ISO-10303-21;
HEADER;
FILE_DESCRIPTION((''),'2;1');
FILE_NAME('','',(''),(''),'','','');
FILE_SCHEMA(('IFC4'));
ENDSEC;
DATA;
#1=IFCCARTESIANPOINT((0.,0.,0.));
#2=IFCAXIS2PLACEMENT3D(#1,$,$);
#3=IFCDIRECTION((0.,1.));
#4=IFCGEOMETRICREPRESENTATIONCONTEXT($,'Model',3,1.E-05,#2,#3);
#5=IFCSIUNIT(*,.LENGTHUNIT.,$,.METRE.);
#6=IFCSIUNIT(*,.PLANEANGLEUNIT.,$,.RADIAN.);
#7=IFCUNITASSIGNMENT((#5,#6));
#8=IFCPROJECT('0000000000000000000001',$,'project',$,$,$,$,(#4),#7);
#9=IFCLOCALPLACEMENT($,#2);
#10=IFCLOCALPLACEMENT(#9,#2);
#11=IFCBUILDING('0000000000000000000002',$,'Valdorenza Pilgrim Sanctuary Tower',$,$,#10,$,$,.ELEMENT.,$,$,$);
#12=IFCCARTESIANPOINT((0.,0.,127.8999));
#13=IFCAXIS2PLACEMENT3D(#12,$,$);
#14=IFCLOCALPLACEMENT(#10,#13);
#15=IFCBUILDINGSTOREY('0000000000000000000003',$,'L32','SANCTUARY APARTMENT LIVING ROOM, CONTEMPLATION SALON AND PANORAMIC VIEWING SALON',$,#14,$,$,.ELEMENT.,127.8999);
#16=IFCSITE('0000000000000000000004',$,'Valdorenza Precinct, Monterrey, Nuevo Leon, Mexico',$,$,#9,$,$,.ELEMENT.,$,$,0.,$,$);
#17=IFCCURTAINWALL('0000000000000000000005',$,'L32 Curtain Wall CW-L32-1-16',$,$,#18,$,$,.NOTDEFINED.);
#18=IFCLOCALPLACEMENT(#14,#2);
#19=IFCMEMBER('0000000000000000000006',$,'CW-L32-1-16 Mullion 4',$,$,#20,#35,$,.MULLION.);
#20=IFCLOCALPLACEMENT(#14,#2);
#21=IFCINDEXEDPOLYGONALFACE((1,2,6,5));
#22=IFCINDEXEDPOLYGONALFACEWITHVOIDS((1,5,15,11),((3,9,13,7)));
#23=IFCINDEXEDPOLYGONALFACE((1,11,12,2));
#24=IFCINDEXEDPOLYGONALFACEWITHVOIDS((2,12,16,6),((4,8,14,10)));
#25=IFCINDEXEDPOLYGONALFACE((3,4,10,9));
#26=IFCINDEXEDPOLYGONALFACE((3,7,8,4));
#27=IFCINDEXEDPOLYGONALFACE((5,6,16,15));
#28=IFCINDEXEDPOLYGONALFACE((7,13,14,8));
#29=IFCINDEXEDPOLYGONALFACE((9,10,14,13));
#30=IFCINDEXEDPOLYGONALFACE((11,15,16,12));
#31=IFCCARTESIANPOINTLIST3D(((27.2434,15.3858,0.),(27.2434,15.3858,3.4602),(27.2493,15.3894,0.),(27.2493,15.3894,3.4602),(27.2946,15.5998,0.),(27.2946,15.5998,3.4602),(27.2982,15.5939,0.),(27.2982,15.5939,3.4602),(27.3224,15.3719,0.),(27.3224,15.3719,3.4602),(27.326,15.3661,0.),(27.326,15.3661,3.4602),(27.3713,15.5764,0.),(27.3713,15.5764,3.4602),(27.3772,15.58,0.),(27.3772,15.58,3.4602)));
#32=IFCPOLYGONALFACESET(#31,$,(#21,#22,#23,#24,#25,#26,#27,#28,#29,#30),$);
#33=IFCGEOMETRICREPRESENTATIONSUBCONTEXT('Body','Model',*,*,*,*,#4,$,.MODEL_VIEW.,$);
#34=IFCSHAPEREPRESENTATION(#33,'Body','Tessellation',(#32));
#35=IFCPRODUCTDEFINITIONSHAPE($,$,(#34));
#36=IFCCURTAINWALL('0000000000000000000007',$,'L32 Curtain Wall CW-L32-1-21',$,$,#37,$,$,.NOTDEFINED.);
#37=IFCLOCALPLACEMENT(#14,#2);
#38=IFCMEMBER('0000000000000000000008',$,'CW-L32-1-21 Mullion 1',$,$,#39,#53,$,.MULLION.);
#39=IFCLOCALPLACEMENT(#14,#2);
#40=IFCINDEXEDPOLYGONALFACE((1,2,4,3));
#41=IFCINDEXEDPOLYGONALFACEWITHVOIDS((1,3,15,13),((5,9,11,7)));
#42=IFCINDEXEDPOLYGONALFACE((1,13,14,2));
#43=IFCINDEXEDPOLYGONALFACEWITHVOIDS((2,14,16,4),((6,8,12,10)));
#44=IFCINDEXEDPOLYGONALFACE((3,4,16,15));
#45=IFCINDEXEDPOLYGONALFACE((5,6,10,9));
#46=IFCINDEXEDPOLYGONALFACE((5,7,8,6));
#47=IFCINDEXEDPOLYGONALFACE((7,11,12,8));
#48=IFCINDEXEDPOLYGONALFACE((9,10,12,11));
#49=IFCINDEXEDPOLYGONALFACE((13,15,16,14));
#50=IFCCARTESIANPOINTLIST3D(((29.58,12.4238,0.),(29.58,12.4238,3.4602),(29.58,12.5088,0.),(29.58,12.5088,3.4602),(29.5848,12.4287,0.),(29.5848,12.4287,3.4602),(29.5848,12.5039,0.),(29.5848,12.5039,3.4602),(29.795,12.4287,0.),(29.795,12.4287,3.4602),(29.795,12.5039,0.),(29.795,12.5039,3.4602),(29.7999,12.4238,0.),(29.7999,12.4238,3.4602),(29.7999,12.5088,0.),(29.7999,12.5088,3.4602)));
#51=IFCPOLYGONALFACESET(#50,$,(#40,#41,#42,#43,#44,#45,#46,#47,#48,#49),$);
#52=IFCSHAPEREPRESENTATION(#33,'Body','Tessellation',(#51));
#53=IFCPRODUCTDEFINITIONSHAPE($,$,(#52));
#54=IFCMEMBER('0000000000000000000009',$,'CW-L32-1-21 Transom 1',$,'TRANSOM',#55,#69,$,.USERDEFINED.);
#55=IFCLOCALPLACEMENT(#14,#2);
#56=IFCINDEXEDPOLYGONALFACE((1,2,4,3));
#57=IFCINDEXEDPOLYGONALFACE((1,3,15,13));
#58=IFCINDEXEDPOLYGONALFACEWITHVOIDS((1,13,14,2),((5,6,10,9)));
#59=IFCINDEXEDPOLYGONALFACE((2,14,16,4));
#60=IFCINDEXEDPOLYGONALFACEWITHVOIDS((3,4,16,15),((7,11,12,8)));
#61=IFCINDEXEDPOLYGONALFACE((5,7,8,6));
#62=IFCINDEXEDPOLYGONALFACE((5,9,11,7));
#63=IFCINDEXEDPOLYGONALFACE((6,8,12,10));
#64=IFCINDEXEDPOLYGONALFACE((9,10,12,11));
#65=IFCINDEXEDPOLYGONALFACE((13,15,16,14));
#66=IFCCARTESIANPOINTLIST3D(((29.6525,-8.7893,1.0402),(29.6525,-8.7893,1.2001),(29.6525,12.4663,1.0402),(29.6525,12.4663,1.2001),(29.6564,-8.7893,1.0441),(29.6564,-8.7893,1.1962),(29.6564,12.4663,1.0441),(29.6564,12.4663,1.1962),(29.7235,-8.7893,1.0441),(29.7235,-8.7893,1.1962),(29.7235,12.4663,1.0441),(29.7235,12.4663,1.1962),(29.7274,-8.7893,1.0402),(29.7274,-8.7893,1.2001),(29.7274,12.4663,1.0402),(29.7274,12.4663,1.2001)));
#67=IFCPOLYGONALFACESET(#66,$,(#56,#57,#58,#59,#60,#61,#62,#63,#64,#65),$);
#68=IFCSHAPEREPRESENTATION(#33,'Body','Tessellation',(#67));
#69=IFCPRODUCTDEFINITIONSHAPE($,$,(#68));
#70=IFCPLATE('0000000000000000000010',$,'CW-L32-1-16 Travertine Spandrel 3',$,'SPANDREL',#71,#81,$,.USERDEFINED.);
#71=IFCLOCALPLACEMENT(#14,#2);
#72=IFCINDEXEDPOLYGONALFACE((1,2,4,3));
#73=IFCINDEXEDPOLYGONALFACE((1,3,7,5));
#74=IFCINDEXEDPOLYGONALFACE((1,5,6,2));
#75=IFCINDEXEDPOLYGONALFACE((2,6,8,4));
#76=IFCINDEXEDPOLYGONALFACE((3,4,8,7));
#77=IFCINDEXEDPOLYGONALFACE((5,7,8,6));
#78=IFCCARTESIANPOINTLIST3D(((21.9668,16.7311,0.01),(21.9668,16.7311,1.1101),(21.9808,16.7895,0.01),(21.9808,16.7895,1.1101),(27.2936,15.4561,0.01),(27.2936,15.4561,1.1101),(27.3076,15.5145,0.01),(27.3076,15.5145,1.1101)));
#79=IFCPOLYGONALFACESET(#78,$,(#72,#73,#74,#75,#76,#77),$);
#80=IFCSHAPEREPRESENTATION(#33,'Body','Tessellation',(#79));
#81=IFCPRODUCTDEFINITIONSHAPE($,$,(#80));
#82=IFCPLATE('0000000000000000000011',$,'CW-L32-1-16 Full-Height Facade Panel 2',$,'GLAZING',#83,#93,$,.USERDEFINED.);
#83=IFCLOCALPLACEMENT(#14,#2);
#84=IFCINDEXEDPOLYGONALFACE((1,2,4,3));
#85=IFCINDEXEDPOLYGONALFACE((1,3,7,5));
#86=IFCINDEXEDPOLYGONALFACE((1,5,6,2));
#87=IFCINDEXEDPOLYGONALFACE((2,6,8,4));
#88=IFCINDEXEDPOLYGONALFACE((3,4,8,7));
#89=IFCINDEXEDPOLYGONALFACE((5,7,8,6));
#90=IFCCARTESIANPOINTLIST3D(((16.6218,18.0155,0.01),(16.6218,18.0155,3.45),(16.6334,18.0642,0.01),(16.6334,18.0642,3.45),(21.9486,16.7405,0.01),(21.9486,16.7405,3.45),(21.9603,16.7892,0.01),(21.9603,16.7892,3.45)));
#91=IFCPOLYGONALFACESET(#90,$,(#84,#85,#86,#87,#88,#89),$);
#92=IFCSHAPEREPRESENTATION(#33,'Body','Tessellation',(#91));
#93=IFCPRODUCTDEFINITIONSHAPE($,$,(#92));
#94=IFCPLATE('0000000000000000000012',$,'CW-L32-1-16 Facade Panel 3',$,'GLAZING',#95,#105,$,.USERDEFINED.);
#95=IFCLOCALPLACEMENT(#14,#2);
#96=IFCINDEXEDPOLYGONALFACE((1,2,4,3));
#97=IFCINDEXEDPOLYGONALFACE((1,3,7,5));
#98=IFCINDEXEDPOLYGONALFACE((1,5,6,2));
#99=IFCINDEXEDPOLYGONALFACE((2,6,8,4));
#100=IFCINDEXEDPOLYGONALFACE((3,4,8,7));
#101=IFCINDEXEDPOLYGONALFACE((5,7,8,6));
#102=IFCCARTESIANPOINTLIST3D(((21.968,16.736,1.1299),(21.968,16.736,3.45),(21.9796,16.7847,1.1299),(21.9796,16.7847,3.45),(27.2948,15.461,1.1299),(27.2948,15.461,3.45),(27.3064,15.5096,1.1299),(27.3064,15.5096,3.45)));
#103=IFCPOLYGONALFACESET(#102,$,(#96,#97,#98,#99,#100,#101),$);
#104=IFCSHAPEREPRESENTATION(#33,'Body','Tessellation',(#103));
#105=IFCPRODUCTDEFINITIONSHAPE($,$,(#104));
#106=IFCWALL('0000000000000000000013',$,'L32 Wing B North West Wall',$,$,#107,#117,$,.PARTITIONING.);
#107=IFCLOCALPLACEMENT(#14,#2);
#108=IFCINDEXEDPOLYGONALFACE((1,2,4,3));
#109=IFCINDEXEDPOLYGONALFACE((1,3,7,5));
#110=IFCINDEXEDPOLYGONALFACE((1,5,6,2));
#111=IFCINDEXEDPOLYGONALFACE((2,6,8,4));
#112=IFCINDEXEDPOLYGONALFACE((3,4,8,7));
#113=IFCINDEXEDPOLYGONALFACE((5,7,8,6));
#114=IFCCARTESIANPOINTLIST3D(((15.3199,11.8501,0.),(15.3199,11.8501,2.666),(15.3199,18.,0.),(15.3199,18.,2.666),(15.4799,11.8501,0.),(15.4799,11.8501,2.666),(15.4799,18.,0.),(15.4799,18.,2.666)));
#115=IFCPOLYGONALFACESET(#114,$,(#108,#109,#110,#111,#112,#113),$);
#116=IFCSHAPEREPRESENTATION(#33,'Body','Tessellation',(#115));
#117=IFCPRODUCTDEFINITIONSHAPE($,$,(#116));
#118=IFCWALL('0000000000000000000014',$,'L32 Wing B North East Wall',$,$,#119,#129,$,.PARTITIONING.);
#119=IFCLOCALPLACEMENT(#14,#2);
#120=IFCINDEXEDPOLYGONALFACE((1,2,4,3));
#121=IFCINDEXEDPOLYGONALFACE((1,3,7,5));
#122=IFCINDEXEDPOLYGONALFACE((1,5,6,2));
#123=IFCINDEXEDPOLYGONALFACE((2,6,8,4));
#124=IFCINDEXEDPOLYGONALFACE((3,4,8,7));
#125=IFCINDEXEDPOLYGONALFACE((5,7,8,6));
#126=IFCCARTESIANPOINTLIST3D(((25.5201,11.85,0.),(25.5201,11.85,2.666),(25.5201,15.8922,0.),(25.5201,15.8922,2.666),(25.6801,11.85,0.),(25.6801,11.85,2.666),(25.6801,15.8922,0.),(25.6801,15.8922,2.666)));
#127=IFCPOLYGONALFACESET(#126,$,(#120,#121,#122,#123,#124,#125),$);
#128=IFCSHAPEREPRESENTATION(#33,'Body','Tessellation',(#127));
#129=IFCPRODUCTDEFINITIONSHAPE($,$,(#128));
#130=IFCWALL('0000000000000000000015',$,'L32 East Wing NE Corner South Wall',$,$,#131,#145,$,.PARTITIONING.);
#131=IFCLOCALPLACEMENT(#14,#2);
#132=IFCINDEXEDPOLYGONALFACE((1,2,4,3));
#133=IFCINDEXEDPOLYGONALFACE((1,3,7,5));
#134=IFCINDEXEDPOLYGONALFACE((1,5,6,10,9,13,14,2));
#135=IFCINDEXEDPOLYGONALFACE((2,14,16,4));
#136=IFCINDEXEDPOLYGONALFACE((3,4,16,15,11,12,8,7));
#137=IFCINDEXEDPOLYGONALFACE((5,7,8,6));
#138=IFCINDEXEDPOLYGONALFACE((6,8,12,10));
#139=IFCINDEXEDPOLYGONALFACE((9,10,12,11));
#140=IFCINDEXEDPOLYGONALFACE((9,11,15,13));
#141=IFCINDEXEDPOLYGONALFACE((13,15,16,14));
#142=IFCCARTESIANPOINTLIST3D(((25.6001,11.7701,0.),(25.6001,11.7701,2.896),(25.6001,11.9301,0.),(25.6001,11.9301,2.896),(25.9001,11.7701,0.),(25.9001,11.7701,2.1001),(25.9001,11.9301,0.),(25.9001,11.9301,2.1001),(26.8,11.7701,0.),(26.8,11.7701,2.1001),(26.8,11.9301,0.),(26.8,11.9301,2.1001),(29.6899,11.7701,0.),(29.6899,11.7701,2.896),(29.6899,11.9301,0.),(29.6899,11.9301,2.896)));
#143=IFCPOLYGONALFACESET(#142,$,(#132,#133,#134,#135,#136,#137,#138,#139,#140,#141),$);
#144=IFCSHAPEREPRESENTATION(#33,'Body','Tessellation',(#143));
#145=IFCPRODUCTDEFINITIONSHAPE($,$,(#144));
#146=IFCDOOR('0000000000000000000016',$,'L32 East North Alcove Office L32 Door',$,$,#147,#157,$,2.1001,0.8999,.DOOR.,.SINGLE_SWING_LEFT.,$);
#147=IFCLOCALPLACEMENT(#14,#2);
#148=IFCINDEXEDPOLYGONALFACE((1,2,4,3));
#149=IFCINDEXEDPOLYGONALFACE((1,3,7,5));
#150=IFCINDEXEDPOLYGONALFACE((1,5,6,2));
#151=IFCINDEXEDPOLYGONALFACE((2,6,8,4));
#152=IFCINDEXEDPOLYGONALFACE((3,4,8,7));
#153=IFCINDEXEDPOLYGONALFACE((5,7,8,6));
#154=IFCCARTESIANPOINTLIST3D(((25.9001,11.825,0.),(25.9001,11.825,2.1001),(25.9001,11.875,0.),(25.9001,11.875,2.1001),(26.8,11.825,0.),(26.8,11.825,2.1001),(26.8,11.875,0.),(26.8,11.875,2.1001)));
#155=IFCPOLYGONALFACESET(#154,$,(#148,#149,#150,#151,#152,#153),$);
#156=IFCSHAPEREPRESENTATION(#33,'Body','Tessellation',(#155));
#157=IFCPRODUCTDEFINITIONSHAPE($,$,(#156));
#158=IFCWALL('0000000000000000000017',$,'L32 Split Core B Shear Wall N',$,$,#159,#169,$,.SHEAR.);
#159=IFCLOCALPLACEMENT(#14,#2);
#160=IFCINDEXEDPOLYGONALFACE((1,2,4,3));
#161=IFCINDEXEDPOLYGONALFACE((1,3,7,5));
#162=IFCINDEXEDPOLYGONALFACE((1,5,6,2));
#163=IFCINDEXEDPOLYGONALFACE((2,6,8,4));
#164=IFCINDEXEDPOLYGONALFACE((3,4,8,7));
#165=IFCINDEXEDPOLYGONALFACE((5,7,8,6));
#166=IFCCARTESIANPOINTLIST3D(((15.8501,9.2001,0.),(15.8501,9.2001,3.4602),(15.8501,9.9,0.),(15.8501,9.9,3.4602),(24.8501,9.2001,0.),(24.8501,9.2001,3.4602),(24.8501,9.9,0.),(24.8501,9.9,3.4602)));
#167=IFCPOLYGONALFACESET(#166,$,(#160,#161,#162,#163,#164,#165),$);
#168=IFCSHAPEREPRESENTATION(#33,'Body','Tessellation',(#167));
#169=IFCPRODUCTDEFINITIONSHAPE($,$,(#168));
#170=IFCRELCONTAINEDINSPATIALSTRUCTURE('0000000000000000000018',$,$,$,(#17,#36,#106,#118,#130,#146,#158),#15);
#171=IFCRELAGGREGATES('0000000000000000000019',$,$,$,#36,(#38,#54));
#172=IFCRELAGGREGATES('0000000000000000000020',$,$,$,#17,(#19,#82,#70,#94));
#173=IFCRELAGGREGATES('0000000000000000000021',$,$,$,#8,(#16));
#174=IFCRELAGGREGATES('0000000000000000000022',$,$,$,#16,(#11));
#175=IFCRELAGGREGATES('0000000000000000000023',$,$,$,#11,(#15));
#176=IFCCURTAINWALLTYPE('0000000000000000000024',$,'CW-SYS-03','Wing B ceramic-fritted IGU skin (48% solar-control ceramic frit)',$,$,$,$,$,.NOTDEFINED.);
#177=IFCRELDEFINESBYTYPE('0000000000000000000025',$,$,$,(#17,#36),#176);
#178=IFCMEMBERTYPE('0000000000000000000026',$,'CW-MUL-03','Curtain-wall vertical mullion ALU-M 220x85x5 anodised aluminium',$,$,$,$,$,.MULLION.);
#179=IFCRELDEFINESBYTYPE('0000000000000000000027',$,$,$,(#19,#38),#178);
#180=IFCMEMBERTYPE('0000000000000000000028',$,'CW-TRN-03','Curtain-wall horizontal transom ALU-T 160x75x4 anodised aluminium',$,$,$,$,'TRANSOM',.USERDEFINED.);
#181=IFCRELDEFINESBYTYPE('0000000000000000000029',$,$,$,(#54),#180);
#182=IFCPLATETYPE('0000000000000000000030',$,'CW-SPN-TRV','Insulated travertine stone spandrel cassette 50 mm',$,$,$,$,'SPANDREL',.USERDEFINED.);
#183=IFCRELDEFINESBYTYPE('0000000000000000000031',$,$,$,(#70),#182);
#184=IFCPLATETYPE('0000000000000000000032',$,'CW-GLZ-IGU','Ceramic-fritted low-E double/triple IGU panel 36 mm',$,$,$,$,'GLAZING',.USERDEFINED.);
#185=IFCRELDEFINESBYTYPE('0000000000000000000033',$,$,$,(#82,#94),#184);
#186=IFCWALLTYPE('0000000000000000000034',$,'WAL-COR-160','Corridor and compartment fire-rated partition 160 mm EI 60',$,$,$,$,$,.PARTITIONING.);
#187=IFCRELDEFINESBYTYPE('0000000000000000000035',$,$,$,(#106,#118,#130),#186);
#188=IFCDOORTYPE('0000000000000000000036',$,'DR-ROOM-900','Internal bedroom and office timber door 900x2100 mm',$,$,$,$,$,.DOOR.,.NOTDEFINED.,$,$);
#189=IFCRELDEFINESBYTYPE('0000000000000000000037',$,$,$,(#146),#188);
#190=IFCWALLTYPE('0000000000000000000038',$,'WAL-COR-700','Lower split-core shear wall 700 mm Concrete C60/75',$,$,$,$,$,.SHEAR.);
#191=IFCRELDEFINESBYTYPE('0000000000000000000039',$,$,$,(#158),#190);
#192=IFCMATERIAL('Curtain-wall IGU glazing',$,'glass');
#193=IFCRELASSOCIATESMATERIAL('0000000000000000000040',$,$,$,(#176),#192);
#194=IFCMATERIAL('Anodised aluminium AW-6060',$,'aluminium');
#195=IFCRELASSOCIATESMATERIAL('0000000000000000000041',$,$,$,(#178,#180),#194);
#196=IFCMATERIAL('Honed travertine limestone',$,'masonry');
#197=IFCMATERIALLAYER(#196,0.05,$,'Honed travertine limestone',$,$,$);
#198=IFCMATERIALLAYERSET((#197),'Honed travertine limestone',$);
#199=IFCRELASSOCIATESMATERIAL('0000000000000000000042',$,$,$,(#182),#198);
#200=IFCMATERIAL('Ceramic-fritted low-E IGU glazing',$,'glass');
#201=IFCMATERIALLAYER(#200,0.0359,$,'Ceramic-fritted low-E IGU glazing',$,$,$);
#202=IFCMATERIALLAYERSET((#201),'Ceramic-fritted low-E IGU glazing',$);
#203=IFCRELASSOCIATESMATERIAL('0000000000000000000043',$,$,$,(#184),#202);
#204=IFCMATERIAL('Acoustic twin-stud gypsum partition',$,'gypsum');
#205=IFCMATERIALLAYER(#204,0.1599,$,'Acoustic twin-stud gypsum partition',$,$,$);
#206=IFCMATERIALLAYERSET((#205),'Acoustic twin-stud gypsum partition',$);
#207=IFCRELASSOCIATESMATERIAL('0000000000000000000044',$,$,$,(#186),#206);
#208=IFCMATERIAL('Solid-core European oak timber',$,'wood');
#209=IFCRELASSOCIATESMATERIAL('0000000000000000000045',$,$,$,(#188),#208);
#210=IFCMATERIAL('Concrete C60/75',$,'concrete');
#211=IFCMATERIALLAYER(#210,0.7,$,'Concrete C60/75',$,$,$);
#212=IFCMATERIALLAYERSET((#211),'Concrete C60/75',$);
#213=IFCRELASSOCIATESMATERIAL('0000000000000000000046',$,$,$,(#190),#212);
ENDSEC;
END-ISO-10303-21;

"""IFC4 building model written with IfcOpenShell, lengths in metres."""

from ifc_helpers import new_model, si_unit, direction, frame, frame_2d, origin, origin_2d, place, context, subcontext, project, spatial, rectangle, hollow_rectangle, extrude, source, transform, mapped, material, layer, layer_set, material_profile, profile_set, type_object, element, fill, aggregate, save


model = new_model("IFC4")

# Units and contexts
model_context = context("Model", 3, precision=1e-05, world=origin(), true_north=direction((0.0, 1.0)))
body_context = subcontext(model_context, "Body", "Model", "MODEL_VIEW")
ifc_project = project(units=[si_unit("LENGTHUNIT", "METRE"), si_unit("PLANEANGLEUNIT", "RADIAN")], contexts=[model_context])

# Site, building, storey
site_placement = place(None, origin())
site = spatial("IfcSite", under=ifc_project, at=site_placement, Name="Valdorenza Precinct, Monterrey, Nuevo Leon, Mexico", CompositionType="ELEMENT", RefElevation=0.0)
building_placement = place(site_placement, origin())
building = spatial("IfcBuilding", under=site, at=building_placement, Name="Valdorenza Pilgrim Sanctuary Tower", CompositionType="ELEMENT")
storey_placement = place(building_placement, frame((0.0, 0.0, 127.8999)))
storey = spatial("IfcBuildingStorey", under=building, at=storey_placement, Name="L32", Description="SANCTUARY APARTMENT LIVING ROOM, CONTEMPLATION SALON AND PANORAMIC VIEWING SALON", CompositionType="ELEMENT", Elevation=127.8999)

# Shared definitions
ifc_material_1 = material(Name="Concrete C60/75", Category="concrete")

# Curtain walls, members
ifc_material_2 = material(Name="Curtain-wall IGU glazing", Category="glass")
curtain_wall_type = type_object("IfcCurtainWallType", Name="CW-SYS-03", Description="Wing B ceramic-fritted IGU skin (48% solar-control ceramic frit)", PredefinedType="NOTDEFINED", material=ifc_material_2)
curtain_wall_1_placement = place(storey_placement, origin())
curtain_wall_1 = element("IfcCurtainWall", 1, at=curtain_wall_1_placement, inside=storey, type_object=curtain_wall_type, Name="L32 Curtain Wall CW-L32-1-16", PredefinedType="NOTDEFINED")
ifc_material_3 = material(Name="Anodised aluminium AW-6060", Category="aluminium")
ifc_material_profile_1 = material_profile(ifc_material_3, hollow_rectangle(XDim=0.085, YDim=0.22, WallThickness=0.0049, at=origin_2d()), Name="ALU-M 220x85x5")
ifc_profile_set_1 = profile_set([ifc_material_profile_1], Name="Anodised aluminium AW-6060")
member_type_1 = type_object("IfcMemberType", Name="CW-MUL-03", Description="Curtain-wall vertical mullion ALU-M 220x85x5 anodised aluminium", PredefinedType="MULLION", material=ifc_profile_set_1)
shared_shape_1 = source(origin(), body_context, "Body", "SweptSolid", [
    extrude(hollow_rectangle(XDim=0.085, YDim=0.22, WallThickness=0.0049, at=origin_2d()), origin(), (0.0, 0.0, 1.0), 3.4602),
])
member_1_placement = place(storey_placement, frame((27.3103, 15.4829, 0.0), z_axis=(0.0, 0.0, 1.0), x_axis=(0.972529, -0.232783, 0.0)))
member_1 = element("IfcMember", 2, at=member_1_placement, type_object=member_type_1, Name="CW-L32-1-16 Mullion 4", PredefinedType="MULLION", context=body_context, shape_type="MappedRepresentation", body=[
    mapped(shared_shape_1, transform((0.0, 0.0, 0.0), x_axis=(1.0, 0.0, 0.0), y_axis=(0.0, 1.0, 0.0), z_axis=(0.0, 0.0, 1.0), scale=1.0)),
])
curtain_wall_2_placement = place(storey_placement, origin())
curtain_wall_2 = element("IfcCurtainWall", 3, at=curtain_wall_2_placement, inside=storey, type_object=curtain_wall_type, Name="L32 Curtain Wall CW-L32-1-21", PredefinedType="NOTDEFINED")
member_2_placement = place(storey_placement, frame((29.6899, 12.4663, 0.0), z_axis=(0.0, 0.0, 1.0), x_axis=(0.0, -1.0, 0.0)))
member_2 = element("IfcMember", 4, at=member_2_placement, type_object=member_type_1, Name="CW-L32-1-21 Mullion 1", PredefinedType="MULLION", context=body_context, shape_type="MappedRepresentation", body=[
    mapped(shared_shape_1, transform((0.0, 0.0, 0.0), x_axis=(1.0, 0.0, 0.0), y_axis=(0.0, 1.0, 0.0), z_axis=(0.0, 0.0, 1.0), scale=1.0)),
])
ifc_material_profile_2 = material_profile(ifc_material_3, hollow_rectangle(XDim=0.075, YDim=0.1599, WallThickness=0.0039, at=origin_2d()), Name="ALU-T 160x75x4")
ifc_profile_set_2 = profile_set([ifc_material_profile_2], Name="Anodised aluminium AW-6060")
member_type_2 = type_object("IfcMemberType", Name="CW-TRN-03", Description="Curtain-wall horizontal transom ALU-T 160x75x4 anodised aluminium", ElementType="TRANSOM", PredefinedType="USERDEFINED", material=ifc_profile_set_2)
shared_shape_2 = source(origin(), body_context, "Body", "SweptSolid", [
    extrude(hollow_rectangle(XDim=0.075, YDim=0.1599, WallThickness=0.0039, at=origin_2d()), origin(), (0.0, 0.0, 1.0), 21.2556),
])
member_3_placement = place(storey_placement, frame((29.6899, 12.4663, 1.1201), z_axis=(0.0, -1.0, 0.0), x_axis=(1.0, 0.0, 0.0)))
member_3 = element("IfcMember", 5, at=member_3_placement, type_object=member_type_2, Name="CW-L32-1-21 Transom 1", ObjectType="TRANSOM", PredefinedType="USERDEFINED", context=body_context, shape_type="MappedRepresentation", body=[
    mapped(shared_shape_2, transform((0.0, 0.0, 0.0), x_axis=(1.0, 0.0, 0.0), y_axis=(0.0, 1.0, 0.0), z_axis=(0.0, 0.0, 1.0), scale=1.0)),
])
aggregate(curtain_wall_2, [member_2, member_3])

# Plates
ifc_material_4 = material(Name="Honed travertine limestone", Category="masonry")
ifc_layer_1 = layer(ifc_material_4, 0.05, Name="Honed travertine limestone")
ifc_layer_set_1 = layer_set([ifc_layer_1], Name="Honed travertine limestone")
plate_type_1 = type_object("IfcPlateType", Name="CW-SPN-TRV", Description="Insulated travertine stone spandrel cassette 50 mm", ElementType="SPANDREL", PredefinedType="USERDEFINED", material=ifc_layer_set_1)
shared_shape_3 = source(origin(), body_context, "Body", "SweptSolid", [
    extrude(rectangle(XDim=5.4773, YDim=0.0601, at=origin_2d()), origin(), (0.0, 0.0, 1.0), 1.1001),
])
plate_1_placement = place(storey_placement, frame((24.6372, 16.1228, 0.01), z_axis=(0.0, 0.0, 1.0), x_axis=(0.972529, -0.232783, 0.0)))
plate_1 = element("IfcPlate", 6, at=plate_1_placement, type_object=plate_type_1, Name="CW-L32-1-16 Travertine Spandrel 3", ObjectType="SPANDREL", PredefinedType="USERDEFINED", context=body_context, shape_type="MappedRepresentation", body=[
    mapped(shared_shape_3, transform((0.0, 0.0, 0.0), x_axis=(1.0, 0.0, 0.0), y_axis=(0.0, 1.0, 0.0), z_axis=(0.0, 0.0, 1.0), scale=1.0)),
])
ifc_material_5 = material(Name="Ceramic-fritted low-E IGU glazing", Category="glass")
ifc_layer_2 = layer(ifc_material_5, 0.0359, Name="Ceramic-fritted low-E IGU glazing")
ifc_layer_set_2 = layer_set([ifc_layer_2], Name="Ceramic-fritted low-E IGU glazing")
plate_type_2 = type_object("IfcPlateType", Name="CW-GLZ-IGU", Description="Ceramic-fritted low-E double/triple IGU panel 36 mm", ElementType="GLAZING", PredefinedType="USERDEFINED", material=ifc_layer_set_2)
shared_shape_4 = source(origin(), body_context, "Body", "SweptSolid", [
    extrude(rectangle(XDim=5.4773, YDim=0.05, at=origin_2d()), origin(), (0.0, 0.0, 1.0), 3.4399),
])
plate_2_placement = place(storey_placement, frame((19.291, 17.4023, 0.01), z_axis=(0.0, 0.0, 1.0), x_axis=(0.972529, -0.232783, 0.0)))
plate_2 = element("IfcPlate", 7, at=plate_2_placement, type_object=plate_type_2, Name="CW-L32-1-16 Full-Height Facade Panel 2", ObjectType="GLAZING", PredefinedType="USERDEFINED", context=body_context, shape_type="MappedRepresentation", body=[
    mapped(shared_shape_4, transform((0.0, 0.0, 0.0), x_axis=(1.0, 0.0, 0.0), y_axis=(0.0, 1.0, 0.0), z_axis=(0.0, 0.0, 1.0), scale=1.0)),
])
shared_shape_5 = source(origin(), body_context, "Body", "SweptSolid", [
    extrude(rectangle(XDim=5.4773, YDim=0.05, at=origin_2d()), origin(), (0.0, 0.0, 1.0), 2.3201),
])
plate_3_placement = place(storey_placement, frame((24.6372, 16.1228, 1.1299), z_axis=(0.0, 0.0, 1.0), x_axis=(0.972529, -0.232783, 0.0)))
plate_3 = element("IfcPlate", 8, at=plate_3_placement, type_object=plate_type_2, Name="CW-L32-1-16 Facade Panel 3", ObjectType="GLAZING", PredefinedType="USERDEFINED", context=body_context, shape_type="MappedRepresentation", body=[
    mapped(shared_shape_5, transform((0.0, 0.0, 0.0), x_axis=(1.0, 0.0, 0.0), y_axis=(0.0, 1.0, 0.0), z_axis=(0.0, 0.0, 1.0), scale=1.0)),
])
aggregate(curtain_wall_1, [member_1, plate_2, plate_1, plate_3])

# Walls
ifc_material_6 = material(Name="Acoustic twin-stud gypsum partition", Category="gypsum")
ifc_layer_3 = layer(ifc_material_6, 0.1599, Name="Acoustic twin-stud gypsum partition")
ifc_layer_set_3 = layer_set([ifc_layer_3], Name="Acoustic twin-stud gypsum partition")
wall_type_1 = type_object("IfcWallType", Name="WAL-COR-160", Description="Corridor and compartment fire-rated partition 160 mm EI 60", PredefinedType="PARTITIONING", material=ifc_layer_set_3)
wall_1_placement = place(storey_placement, frame((15.3999, 11.8501, 0.0), z_axis=(0.0, 0.0, 1.0), x_axis=(0.0, 1.0, 0.0)))
element("IfcWall", 9, at=wall_1_placement, inside=storey, type_object=wall_type_1, Name="L32 Wing B North West Wall", PredefinedType="PARTITIONING", context=body_context, shape_type="SweptSolid", body=[
    extrude(rectangle(XDim=6.1499, YDim=0.1599, at=frame_2d((3.075, 0.0))), origin(), (0.0, 0.0, 1.0), 2.666),
])
wall_2_placement = place(storey_placement, frame((25.6001, 11.8501, 0.0), z_axis=(0.0, 0.0, 1.0), x_axis=(0.0, 1.0, 0.0)))
element("IfcWall", 10, at=wall_2_placement, inside=storey, type_object=wall_type_1, Name="L32 Wing B North East Wall", PredefinedType="PARTITIONING", context=body_context, shape_type="SweptSolid", body=[
    extrude(rectangle(XDim=4.0422, YDim=0.1599, at=frame_2d((2.021, 0.0))), origin(), (0.0, 0.0, 1.0), 2.666),
])

# Wall, opening, door
wall_3_placement = place(storey_placement, frame((25.6001, 11.8501, 0.0), z_axis=(0.0, 0.0, 1.0), x_axis=(1.0, 0.0, 0.0)))
wall_3 = element("IfcWall", 11, at=wall_3_placement, inside=storey, type_object=wall_type_1, Name="L32 East Wing NE Corner South Wall", PredefinedType="PARTITIONING", context=body_context, shape_type="SweptSolid", body=[
    extrude(rectangle(XDim=4.0898, YDim=0.1599, at=frame_2d((2.0449, 0.0))), origin(), (0.0, 0.0, 1.0), 2.896),
])
opening_placement = place(wall_3_placement, frame((0.3, 0.0, 0.0)))
opening = element("IfcOpeningElement", 12, at=opening_placement, cuts=wall_3, PredefinedType="OPENING", context=body_context, shape_type="SweptSolid", body=[
    extrude(rectangle(XDim=0.8999, YDim=2.1001, at=frame_2d((0.45, 1.05))), frame((0.0, 0.0947, 0.0), z_axis=(0.0, -1.0, 0.0), x_axis=(1.0, 0.0, 0.0)), (0.0, 0.0, 1.0), 0.1897),
])
ifc_material_7 = material(Name="Solid-core European oak timber", Category="wood")
door_type = type_object("IfcDoorType", Name="DR-ROOM-900", Description="Internal bedroom and office timber door 900x2100 mm", OperationType="NOTDEFINED", PredefinedType="DOOR", material=ifc_material_7)
door_placement = place(opening_placement, origin())
door = element("IfcDoor", 13, at=door_placement, inside=storey, type_object=door_type, Name="L32 East North Alcove Office L32 Door", OperationType="SINGLE_SWING_LEFT", OverallHeight=2.1001, OverallWidth=0.8999, PredefinedType="DOOR", context=body_context, shape_type="SweptSolid", body=[
    extrude(rectangle(XDim=0.8999, YDim=2.1001, at=frame_2d((0.45, 1.05))), frame((0.0, 0.0249, 0.0), z_axis=(0.0, -1.0, 0.0), x_axis=(1.0, 0.0, 0.0)), (0.0, 0.0, 1.0), 0.05),
])
fill(opening, door)

# Wall
ifc_layer_4 = layer(ifc_material_1, 0.7, Name="Concrete C60/75")
ifc_layer_set_4 = layer_set([ifc_layer_4], Name="Concrete C60/75")
wall_type_2 = type_object("IfcWallType", Name="WAL-COR-700", Description="Lower split-core shear wall 700 mm Concrete C60/75", PredefinedType="SHEAR", material=ifc_layer_set_4)
wall_4_placement = place(storey_placement, frame((15.8501, 9.55, 0.0), z_axis=(0.0, 0.0, 1.0), x_axis=(1.0, 0.0, 0.0)))
element("IfcWall", 14, at=wall_4_placement, inside=storey, type_object=wall_type_2, Name="L32 Split Core B Shear Wall N", PredefinedType="SHEAR", context=body_context, shape_type="SweptSolid", body=[
    extrude(rectangle(XDim=9.0, YDim=0.7, at=frame_2d((4.5, 0.0))), origin(), (0.0, 0.0, 1.0), 3.4602),
])

save(model, "model.ifc")
